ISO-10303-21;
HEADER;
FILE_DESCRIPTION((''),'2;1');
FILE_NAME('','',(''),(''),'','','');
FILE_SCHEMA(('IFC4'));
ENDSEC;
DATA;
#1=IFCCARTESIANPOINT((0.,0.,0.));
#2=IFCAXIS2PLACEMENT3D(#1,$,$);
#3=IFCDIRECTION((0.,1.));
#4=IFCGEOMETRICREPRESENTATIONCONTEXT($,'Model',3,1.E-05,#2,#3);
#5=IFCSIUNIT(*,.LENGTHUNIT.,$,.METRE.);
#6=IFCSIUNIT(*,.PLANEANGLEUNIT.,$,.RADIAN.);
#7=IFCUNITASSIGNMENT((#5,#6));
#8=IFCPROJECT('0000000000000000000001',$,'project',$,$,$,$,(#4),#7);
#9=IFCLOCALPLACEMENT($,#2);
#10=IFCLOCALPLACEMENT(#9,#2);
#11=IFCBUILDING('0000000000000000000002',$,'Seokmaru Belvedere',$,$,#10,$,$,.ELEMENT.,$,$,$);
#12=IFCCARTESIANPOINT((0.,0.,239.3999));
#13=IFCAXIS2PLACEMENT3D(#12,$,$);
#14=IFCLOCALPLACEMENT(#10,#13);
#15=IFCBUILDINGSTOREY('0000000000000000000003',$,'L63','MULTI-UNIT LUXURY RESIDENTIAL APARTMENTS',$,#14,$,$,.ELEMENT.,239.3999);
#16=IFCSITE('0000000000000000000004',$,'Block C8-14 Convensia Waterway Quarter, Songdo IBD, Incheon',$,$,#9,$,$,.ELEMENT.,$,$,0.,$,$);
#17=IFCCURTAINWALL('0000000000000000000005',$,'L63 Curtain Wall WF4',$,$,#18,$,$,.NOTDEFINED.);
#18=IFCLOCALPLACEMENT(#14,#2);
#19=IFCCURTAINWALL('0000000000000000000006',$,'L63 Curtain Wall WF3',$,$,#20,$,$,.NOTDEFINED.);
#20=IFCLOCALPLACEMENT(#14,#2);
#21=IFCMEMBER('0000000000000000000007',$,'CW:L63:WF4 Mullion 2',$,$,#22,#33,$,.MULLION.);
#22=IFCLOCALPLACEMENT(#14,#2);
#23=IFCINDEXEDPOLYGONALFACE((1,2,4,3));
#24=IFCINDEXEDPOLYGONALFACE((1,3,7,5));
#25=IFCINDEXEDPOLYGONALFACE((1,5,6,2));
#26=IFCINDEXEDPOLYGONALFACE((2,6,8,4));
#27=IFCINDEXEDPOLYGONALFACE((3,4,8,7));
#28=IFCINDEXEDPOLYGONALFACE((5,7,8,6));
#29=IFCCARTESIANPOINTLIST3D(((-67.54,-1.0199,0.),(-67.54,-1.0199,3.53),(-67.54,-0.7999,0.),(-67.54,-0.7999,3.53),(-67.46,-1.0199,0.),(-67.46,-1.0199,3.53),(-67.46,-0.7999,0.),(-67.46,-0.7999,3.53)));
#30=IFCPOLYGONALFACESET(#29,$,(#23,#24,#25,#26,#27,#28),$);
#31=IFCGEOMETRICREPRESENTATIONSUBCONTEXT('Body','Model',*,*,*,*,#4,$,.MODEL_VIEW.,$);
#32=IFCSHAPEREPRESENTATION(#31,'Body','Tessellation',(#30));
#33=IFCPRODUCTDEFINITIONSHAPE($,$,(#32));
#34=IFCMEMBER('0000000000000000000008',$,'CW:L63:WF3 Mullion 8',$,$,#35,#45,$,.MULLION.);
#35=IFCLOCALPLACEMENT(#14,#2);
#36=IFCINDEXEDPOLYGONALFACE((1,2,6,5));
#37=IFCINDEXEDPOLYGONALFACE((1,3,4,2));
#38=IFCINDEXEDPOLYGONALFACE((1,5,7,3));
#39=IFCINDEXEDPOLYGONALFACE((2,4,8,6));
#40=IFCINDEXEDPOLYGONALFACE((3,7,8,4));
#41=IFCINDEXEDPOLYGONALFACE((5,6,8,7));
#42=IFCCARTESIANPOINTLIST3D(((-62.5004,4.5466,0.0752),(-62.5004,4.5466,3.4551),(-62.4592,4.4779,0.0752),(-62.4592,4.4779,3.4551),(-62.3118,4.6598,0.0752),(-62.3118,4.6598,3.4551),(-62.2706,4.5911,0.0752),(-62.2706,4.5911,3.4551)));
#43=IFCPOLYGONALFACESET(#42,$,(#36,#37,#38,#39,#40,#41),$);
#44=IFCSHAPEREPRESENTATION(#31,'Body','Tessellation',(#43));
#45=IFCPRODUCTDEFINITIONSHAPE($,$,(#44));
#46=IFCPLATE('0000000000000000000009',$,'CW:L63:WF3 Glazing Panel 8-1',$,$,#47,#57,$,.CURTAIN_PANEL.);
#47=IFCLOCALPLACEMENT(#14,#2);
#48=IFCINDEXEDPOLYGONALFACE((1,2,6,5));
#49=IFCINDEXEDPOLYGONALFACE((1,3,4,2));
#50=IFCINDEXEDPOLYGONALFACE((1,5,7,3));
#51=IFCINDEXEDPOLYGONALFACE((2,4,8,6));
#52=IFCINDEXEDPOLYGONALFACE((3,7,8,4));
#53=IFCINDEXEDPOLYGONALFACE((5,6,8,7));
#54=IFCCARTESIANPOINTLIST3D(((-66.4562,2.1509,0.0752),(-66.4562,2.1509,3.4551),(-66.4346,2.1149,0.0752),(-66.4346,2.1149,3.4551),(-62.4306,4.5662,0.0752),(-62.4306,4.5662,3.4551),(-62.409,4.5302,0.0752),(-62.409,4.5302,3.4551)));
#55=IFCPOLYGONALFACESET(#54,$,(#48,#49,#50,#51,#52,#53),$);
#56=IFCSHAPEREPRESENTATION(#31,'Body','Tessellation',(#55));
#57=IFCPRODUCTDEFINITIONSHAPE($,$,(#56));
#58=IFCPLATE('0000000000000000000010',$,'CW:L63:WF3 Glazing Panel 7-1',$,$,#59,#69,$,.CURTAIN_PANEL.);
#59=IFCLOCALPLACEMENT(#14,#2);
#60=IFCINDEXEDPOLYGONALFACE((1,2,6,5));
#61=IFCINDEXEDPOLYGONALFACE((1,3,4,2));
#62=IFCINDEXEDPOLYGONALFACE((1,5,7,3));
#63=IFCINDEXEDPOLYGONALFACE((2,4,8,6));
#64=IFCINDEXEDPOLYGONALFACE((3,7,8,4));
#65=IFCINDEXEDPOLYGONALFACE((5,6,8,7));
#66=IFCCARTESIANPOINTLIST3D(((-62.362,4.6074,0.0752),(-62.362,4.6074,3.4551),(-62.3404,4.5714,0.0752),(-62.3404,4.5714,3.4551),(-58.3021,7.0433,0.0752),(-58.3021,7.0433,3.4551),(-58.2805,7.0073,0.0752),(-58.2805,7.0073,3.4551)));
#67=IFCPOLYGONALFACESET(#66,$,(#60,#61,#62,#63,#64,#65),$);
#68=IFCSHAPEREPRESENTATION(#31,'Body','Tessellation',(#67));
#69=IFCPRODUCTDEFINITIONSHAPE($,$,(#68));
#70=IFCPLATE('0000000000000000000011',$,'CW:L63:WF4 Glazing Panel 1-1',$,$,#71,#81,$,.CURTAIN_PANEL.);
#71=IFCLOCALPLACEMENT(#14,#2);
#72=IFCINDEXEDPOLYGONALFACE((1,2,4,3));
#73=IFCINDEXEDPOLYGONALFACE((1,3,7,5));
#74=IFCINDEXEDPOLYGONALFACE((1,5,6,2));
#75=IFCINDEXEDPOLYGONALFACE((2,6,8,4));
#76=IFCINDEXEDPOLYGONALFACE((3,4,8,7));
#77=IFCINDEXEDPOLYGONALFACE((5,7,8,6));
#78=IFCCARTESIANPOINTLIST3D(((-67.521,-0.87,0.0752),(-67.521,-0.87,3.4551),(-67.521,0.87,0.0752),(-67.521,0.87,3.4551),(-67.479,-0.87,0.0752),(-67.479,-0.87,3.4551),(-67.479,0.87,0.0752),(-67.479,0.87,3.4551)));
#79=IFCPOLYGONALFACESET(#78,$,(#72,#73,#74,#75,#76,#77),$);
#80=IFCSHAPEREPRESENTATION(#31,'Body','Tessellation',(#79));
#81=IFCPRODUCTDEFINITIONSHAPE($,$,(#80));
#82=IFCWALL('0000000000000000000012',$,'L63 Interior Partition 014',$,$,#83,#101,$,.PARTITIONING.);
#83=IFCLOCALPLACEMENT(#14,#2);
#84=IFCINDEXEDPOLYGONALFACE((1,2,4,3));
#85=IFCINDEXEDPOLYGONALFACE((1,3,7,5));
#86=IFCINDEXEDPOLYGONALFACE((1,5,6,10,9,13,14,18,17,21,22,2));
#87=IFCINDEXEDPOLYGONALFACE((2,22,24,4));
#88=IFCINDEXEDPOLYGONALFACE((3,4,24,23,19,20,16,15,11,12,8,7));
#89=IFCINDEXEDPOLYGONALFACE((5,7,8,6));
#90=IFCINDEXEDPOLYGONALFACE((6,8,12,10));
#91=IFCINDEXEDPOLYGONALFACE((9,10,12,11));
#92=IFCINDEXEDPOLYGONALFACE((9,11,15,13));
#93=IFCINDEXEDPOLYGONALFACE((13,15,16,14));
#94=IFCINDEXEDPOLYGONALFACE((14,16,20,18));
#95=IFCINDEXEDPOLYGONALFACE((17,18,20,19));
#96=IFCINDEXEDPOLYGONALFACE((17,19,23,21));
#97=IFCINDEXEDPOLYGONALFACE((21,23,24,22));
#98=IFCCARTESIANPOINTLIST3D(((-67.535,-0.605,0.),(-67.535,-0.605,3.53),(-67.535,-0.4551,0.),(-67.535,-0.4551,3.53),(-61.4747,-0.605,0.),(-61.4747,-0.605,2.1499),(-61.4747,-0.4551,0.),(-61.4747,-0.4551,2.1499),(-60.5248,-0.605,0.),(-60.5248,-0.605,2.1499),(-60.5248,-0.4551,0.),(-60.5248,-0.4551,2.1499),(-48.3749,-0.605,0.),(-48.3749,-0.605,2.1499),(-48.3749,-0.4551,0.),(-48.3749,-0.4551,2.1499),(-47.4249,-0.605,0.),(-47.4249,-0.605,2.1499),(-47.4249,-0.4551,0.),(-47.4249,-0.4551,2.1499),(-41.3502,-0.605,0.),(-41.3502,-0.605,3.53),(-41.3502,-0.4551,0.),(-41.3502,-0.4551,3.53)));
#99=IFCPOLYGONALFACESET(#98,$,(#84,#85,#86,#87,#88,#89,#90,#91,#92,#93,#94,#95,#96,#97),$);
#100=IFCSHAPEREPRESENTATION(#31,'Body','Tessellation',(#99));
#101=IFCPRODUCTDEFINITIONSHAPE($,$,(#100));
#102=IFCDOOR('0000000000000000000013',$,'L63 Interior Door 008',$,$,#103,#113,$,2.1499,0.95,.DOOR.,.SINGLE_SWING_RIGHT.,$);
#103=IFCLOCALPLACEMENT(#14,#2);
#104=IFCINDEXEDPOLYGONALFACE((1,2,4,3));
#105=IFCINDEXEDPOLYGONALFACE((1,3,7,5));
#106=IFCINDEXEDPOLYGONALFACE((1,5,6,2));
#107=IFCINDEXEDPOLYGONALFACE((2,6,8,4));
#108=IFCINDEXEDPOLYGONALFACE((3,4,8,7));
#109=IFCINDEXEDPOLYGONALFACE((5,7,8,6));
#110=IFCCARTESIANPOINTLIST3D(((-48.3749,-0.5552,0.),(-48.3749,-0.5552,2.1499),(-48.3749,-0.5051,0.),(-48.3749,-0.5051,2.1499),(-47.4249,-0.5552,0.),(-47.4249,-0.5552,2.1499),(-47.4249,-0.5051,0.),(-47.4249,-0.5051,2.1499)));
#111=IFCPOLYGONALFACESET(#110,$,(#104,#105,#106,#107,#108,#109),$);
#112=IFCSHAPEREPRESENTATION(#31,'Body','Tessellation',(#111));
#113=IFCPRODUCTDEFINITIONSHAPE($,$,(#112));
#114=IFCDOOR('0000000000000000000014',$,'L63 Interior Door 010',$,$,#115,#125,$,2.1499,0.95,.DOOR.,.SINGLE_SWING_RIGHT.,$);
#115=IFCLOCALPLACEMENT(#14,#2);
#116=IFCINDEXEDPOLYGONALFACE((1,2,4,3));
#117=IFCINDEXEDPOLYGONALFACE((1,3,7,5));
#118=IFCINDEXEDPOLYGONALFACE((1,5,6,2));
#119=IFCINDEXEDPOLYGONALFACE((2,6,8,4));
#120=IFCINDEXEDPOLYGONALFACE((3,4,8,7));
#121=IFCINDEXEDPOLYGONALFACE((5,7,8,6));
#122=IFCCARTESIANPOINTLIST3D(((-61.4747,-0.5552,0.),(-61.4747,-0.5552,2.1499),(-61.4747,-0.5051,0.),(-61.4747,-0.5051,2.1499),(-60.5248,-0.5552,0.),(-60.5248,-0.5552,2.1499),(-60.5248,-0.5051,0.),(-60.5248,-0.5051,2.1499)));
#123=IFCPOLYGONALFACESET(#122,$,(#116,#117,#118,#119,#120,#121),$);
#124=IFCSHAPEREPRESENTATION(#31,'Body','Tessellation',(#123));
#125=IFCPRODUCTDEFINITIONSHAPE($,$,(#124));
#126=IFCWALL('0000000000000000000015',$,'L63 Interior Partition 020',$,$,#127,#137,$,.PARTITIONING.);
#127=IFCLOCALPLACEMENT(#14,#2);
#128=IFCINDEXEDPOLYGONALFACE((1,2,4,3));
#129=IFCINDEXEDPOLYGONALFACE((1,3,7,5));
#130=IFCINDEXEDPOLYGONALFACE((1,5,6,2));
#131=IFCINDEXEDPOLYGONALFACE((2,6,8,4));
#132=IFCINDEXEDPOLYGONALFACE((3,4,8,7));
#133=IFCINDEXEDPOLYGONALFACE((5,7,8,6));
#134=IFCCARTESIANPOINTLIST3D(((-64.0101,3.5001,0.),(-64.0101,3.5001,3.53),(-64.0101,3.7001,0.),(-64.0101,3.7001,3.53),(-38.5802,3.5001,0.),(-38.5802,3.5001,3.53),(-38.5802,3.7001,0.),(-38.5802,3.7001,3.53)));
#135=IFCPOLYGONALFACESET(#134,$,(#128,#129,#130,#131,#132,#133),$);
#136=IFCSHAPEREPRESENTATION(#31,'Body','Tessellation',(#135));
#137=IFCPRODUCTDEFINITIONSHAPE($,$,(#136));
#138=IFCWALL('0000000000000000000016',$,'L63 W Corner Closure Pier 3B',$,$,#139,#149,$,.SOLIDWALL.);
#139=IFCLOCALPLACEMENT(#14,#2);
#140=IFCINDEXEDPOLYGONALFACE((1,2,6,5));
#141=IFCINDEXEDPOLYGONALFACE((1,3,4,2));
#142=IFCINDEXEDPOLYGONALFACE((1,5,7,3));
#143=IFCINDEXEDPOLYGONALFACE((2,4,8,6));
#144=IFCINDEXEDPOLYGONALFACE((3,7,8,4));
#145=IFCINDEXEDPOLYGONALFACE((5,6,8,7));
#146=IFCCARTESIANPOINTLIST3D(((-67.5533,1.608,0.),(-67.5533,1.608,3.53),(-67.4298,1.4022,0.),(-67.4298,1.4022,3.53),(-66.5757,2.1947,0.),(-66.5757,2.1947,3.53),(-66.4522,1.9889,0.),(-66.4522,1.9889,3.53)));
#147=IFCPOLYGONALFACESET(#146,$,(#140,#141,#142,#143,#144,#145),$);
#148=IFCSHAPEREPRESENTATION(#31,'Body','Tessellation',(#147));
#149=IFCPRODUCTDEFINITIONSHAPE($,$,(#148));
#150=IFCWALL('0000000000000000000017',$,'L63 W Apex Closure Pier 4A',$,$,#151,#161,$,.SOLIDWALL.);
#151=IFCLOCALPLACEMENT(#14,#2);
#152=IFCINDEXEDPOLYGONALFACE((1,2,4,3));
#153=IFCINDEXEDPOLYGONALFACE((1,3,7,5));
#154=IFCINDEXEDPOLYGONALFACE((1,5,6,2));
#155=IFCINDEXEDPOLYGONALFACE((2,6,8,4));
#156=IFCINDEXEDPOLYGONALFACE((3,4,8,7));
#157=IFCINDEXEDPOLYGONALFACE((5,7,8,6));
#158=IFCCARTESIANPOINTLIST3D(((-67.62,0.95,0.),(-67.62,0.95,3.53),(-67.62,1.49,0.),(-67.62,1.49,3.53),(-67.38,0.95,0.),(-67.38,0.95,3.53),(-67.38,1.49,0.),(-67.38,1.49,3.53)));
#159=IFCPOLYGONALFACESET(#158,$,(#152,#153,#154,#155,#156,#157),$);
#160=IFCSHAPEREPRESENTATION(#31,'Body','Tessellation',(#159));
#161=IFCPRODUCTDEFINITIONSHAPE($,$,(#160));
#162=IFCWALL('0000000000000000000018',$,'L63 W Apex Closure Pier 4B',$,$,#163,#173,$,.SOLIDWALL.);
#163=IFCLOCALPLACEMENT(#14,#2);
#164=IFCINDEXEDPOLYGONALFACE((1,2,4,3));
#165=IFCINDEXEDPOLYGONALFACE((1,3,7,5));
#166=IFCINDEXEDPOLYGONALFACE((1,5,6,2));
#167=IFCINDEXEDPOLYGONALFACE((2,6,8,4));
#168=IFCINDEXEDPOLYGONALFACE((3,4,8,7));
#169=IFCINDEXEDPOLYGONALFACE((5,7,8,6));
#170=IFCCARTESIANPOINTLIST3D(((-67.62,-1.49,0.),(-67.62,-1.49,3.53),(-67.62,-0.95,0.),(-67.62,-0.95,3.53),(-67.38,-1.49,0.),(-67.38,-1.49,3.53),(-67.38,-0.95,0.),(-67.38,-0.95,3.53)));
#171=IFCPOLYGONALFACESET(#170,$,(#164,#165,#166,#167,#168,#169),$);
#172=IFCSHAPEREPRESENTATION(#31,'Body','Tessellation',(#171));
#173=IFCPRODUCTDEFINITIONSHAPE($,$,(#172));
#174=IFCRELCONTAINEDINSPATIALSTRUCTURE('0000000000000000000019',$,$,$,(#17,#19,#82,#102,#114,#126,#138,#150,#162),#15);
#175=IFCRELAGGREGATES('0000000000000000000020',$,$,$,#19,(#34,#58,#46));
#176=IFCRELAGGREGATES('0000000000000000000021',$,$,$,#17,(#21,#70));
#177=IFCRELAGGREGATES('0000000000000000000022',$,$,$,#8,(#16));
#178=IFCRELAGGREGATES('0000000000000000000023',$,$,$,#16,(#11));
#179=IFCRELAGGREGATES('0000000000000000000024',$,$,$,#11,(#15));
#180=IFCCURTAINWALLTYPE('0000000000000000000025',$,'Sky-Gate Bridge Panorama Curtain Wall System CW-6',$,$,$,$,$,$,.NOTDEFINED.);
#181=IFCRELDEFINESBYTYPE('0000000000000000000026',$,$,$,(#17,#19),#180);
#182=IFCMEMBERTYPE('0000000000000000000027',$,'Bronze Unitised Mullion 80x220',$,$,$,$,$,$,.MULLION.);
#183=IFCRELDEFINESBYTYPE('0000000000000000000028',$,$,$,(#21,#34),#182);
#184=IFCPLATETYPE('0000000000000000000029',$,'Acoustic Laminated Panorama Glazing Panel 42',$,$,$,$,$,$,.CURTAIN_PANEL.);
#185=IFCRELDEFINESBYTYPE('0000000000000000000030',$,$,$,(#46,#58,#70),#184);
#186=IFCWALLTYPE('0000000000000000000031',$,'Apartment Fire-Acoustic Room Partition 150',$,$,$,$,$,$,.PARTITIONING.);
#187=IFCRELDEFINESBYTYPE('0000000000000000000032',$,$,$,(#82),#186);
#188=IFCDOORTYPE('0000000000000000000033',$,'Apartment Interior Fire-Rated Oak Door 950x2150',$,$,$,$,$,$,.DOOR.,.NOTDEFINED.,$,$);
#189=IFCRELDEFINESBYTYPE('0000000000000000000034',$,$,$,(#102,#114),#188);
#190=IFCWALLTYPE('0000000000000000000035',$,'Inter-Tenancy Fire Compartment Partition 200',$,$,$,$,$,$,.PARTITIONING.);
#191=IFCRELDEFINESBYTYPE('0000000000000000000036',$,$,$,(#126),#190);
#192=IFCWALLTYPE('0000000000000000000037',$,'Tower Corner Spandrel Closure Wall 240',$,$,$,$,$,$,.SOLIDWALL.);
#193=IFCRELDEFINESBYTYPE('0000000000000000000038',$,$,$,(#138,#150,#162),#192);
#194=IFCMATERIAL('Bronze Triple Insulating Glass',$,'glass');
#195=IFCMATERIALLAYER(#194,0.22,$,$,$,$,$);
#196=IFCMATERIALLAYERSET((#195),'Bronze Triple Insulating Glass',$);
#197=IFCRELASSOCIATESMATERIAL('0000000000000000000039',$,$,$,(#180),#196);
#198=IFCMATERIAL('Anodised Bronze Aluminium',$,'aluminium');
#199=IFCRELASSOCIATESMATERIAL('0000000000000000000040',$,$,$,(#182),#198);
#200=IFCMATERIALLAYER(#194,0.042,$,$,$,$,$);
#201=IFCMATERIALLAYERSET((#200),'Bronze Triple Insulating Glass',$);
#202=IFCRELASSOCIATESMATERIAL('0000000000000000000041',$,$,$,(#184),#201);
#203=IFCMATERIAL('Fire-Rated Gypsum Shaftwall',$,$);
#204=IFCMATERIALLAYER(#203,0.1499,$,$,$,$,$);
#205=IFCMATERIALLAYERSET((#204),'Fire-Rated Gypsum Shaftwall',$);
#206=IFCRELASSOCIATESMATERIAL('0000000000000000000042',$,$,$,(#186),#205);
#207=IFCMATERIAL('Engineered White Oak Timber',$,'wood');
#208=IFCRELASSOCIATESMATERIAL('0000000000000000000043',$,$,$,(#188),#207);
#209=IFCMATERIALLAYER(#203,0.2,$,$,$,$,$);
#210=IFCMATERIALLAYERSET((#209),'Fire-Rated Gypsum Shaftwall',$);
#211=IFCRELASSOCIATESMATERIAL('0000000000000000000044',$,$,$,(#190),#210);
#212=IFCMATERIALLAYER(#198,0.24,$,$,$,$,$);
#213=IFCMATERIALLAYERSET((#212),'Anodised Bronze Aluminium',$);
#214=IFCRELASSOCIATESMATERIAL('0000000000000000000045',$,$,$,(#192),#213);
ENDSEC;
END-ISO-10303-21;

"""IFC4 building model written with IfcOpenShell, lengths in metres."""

from ifc_helpers import new_model, si_unit, direction, frame, frame_2d, origin, origin_2d, place, context, subcontext, project, spatial, rectangle, extrude, source, transform, mapped, material, layer, layer_set, material_profile, profile_set, type_object, type_shapes, element, fill, aggregate, save


model = new_model("IFC4")

# Units and contexts
model_context = context("Model", 3, precision=1e-05, world=origin(), true_north=direction((0.0, 1.0)))
body_context = subcontext(model_context, "Body", "Model", "MODEL_VIEW")
ifc_project = project(units=[si_unit("LENGTHUNIT", "METRE"), si_unit("PLANEANGLEUNIT", "RADIAN")], contexts=[model_context])

# Site, building, storey
site_placement = place(None, origin())
site = spatial("IfcSite", under=ifc_project, at=site_placement, Name="Block C8-14 Convensia Waterway Quarter, Songdo IBD, Incheon", CompositionType="ELEMENT", RefElevation=0.0)
building_placement = place(site_placement, origin())
building = spatial("IfcBuilding", under=site, at=building_placement, Name="Seokmaru Belvedere", CompositionType="ELEMENT")
storey_placement = place(building_placement, frame((0.0, 0.0, 239.3999)))
storey = spatial("IfcBuildingStorey", under=building, at=storey_placement, Name="L63", Description="MULTI-UNIT LUXURY RESIDENTIAL APARTMENTS", CompositionType="ELEMENT", Elevation=239.3999)

# Curtain wall
ifc_material_1 = material(Name="Bronze Triple Insulating Glass", Category="glass")
ifc_layer_1 = layer(ifc_material_1, 0.22)
ifc_layer_set_1 = layer_set([ifc_layer_1], Name="Bronze Triple Insulating Glass")
curtain_wall_type = type_object("IfcCurtainWallType", Name="Sky-Gate Bridge Panorama Curtain Wall System CW-6", PredefinedType="NOTDEFINED", material=ifc_layer_set_1)
curtain_wall_1_placement = place(storey_placement, origin())
curtain_wall_1 = element("IfcCurtainWall", 1, at=curtain_wall_1_placement, inside=storey, type_object=curtain_wall_type, Name="L63 Curtain Wall WF4", PredefinedType="NOTDEFINED")
ifc_material_2 = material(Name="Anodised Bronze Aluminium", Category="aluminium")

# Curtain wall
curtain_wall_2_placement = place(storey_placement, origin())
curtain_wall_2 = element("IfcCurtainWall", 2, at=curtain_wall_2_placement, inside=storey, type_object=curtain_wall_type, Name="L63 Curtain Wall WF3", PredefinedType="NOTDEFINED")
ifc_material_profile_1 = material_profile(ifc_material_2, rectangle(XDim=0.0801, YDim=0.22, at=origin_2d()), Name="CW-M-80x220")
ifc_profile_set_1 = profile_set([ifc_material_profile_1], Name="Anodised Bronze Aluminium")
member_type_1 = type_object("IfcMemberType", Name="Bronze Unitised Mullion 80x220", PredefinedType="MULLION", material=ifc_profile_set_1)
shared_shape_1 = source(origin(), body_context, "Body", "SweptSolid", [
    extrude(rectangle(XDim=0.0801, YDim=0.22, at=origin_2d()), origin(), (0.0, 0.0, 1.0), 3.53),
])

# Members
member_1_placement = place(storey_placement, frame((-67.5, -0.9099, 0.0), z_axis=(0.0, 0.0, 1.0), x_axis=(1.0, 0.0, 0.0)))
member_1 = element("IfcMember", 3, at=member_1_placement, type_object=member_type_1, Name="CW:L63:WF4 Mullion 2", PredefinedType="MULLION", context=body_context, shape_type="MappedRepresentation", body=[
    mapped(shared_shape_1, transform((0.0, 0.0, 0.0), scale=1.0)),
])
shared_shape_2 = source(origin(), body_context, "Body", "SweptSolid", [
    extrude(rectangle(XDim=0.0801, YDim=0.22, at=origin_2d()), origin(), (0.0, 0.0, 1.0), 3.3799),
])
type_shapes(member_type_1, [shared_shape_1, shared_shape_2])
member_2_placement = place(storey_placement, frame((-62.3855, 4.5688, 0.0752), z_axis=(0.0, 0.0, 1.0), x_axis=(0.514495, -0.857493, 0.0)))
member_2 = element("IfcMember", 4, at=member_2_placement, type_object=member_type_1, Name="CW:L63:WF3 Mullion 8", PredefinedType="MULLION", context=body_context, shape_type="MappedRepresentation", body=[
    mapped(shared_shape_2, transform((0.0, 0.0, 0.0), scale=1.0)),
])

# Plates
ifc_layer_2 = layer(ifc_material_1, 0.042)
ifc_layer_set_2 = layer_set([ifc_layer_2], Name="Bronze Triple Insulating Glass")
plate_type = type_object("IfcPlateType", Name="Acoustic Laminated Panorama Glazing Panel 42", PredefinedType="CURTAIN_PANEL", material=ifc_layer_set_2)
shared_shape_3 = source(origin(), body_context, "Body", "SweptSolid", [
    extrude(rectangle(XDim=4.6946, YDim=0.042, at=origin_2d()), origin(), (0.0, 0.0, 1.0), 3.3799),
])
plate_1_placement = place(storey_placement, frame((-64.4326, 3.3406, 0.0752), z_axis=(0.0, 0.0, 1.0), x_axis=(-0.857493, -0.514495, 0.0)))
plate_1 = element("IfcPlate", 5, at=plate_1_placement, type_object=plate_type, Name="CW:L63:WF3 Glazing Panel 8-1", PredefinedType="CURTAIN_PANEL", context=body_context, shape_type="MappedRepresentation", body=[
    mapped(shared_shape_3, transform((0.0, 0.0, 0.0), scale=1.0)),
])
shared_shape_4 = source(origin(), body_context, "Body", "SweptSolid", [
    extrude(rectangle(XDim=4.7346, YDim=0.042, at=origin_2d()), origin(), (0.0, 0.0, 1.0), 3.3799),
])
plate_2_placement = place(storey_placement, frame((-60.3213, 5.8074, 0.0752), z_axis=(0.0, 0.0, 1.0), x_axis=(-0.857493, -0.514495, 0.0)))
plate_2 = element("IfcPlate", 6, at=plate_2_placement, type_object=plate_type, Name="CW:L63:WF3 Glazing Panel 7-1", PredefinedType="CURTAIN_PANEL", context=body_context, shape_type="MappedRepresentation", body=[
    mapped(shared_shape_4, transform((0.0, 0.0, 0.0), scale=1.0)),
])
aggregate(curtain_wall_2, [member_2, plate_2, plate_1])
shared_shape_5 = source(origin(), body_context, "Body", "SweptSolid", [
    extrude(rectangle(XDim=1.74, YDim=0.042, at=origin_2d()), origin(), (0.0, 0.0, 1.0), 3.3799),
])
type_shapes(plate_type, [shared_shape_3, shared_shape_4, shared_shape_5])
plate_3_placement = place(storey_placement, frame((-67.5, 0.0, 0.0752), z_axis=(0.0, 0.0, 1.0), x_axis=(0.0, -1.0, 0.0)))
plate_3 = element("IfcPlate", 7, at=plate_3_placement, type_object=plate_type, Name="CW:L63:WF4 Glazing Panel 1-1", PredefinedType="CURTAIN_PANEL", context=body_context, shape_type="MappedRepresentation", body=[
    mapped(shared_shape_5, transform((0.0, 0.0, 0.0), scale=1.0)),
])
aggregate(curtain_wall_1, [member_1, plate_3])

# Wall, openings, doors
ifc_material_3 = material(Name="Fire-Rated Gypsum Shaftwall")
ifc_layer_3 = layer(ifc_material_3, 0.1499)
ifc_layer_set_3 = layer_set([ifc_layer_3], Name="Fire-Rated Gypsum Shaftwall")
wall_type_1 = type_object("IfcWallType", Name="Apartment Fire-Acoustic Room Partition 150", PredefinedType="PARTITIONING", material=ifc_layer_set_3)
wall_1_placement = place(storey_placement, frame((-67.5349, -0.53, 0.0), z_axis=(0.0, 0.0, 1.0), x_axis=(1.0, 0.0, 0.0)))
wall_1 = element("IfcWall", 8, at=wall_1_placement, inside=storey, type_object=wall_type_1, Name="L63 Interior Partition 014", PredefinedType="PARTITIONING", context=body_context, shape_type="SweptSolid", body=[
    extrude(rectangle(XDim=26.1848, YDim=0.1499, at=frame_2d((13.0923, 0.0))), origin(), (0.0, 0.0, 1.0), 3.53),
])
opening_1_placement = place(wall_1_placement, frame((19.1599, 0.0, 0.0)))
opening_1 = element("IfcOpeningElement", 9, at=opening_1_placement, cuts=wall_1, PredefinedType="OPENING", context=body_context, shape_type="SweptSolid", body=[
    extrude(rectangle(XDim=0.95, YDim=2.1499, at=frame_2d((0.4751, 1.075))), frame((0.0, 0.085, 0.0), z_axis=(0.0, -1.0, 0.0), x_axis=(1.0, 0.0, 0.0)), (0.0, 0.0, 1.0), 0.1699),
])
opening_2_placement = place(wall_1_placement, frame((6.0601, 0.0, 0.0)))
opening_2 = element("IfcOpeningElement", 10, at=opening_2_placement, cuts=wall_1, PredefinedType="OPENING", context=body_context, shape_type="SweptSolid", body=[
    extrude(rectangle(XDim=0.95, YDim=2.1499, at=frame_2d((0.4751, 1.075))), frame((0.0, 0.085, 0.0), z_axis=(0.0, -1.0, 0.0), x_axis=(1.0, 0.0, 0.0)), (0.0, 0.0, 1.0), 0.1699),
])
ifc_material_4 = material(Name="Engineered White Oak Timber", Category="wood")
door_type = type_object("IfcDoorType", Name="Apartment Interior Fire-Rated Oak Door 950x2150", OperationType="NOTDEFINED", PredefinedType="DOOR", material=ifc_material_4)
shared_shape_6 = source(origin(), body_context, "Body", "SweptSolid", [
    extrude(rectangle(XDim=0.95, YDim=2.1499, at=frame_2d((0.4751, 1.075))), frame((0.0, 0.0249, 0.0), z_axis=(0.0, -1.0, 0.0), x_axis=(1.0, 0.0, 0.0)), (0.0, 0.0, 1.0), 0.05),
])
type_shapes(door_type, [shared_shape_6])
door_1_placement = place(opening_1_placement, origin())
door_1 = element("IfcDoor", 11, at=door_1_placement, inside=storey, type_object=door_type, Name="L63 Interior Door 008", OperationType="SINGLE_SWING_RIGHT", OverallHeight=2.1499, OverallWidth=0.95, PredefinedType="DOOR", context=body_context, shape_type="MappedRepresentation", body=[
    mapped(shared_shape_6, transform((0.0, 0.0, 0.0), scale=1.0)),
])
fill(opening_1, door_1)
door_2_placement = place(opening_2_placement, origin())
door_2 = element("IfcDoor", 12, at=door_2_placement, inside=storey, type_object=door_type, Name="L63 Interior Door 010", OperationType="SINGLE_SWING_RIGHT", OverallHeight=2.1499, OverallWidth=0.95, PredefinedType="DOOR", context=body_context, shape_type="MappedRepresentation", body=[
    mapped(shared_shape_6, transform((0.0, 0.0, 0.0), scale=1.0)),
])
fill(opening_2, door_2)

# Walls
ifc_layer_4 = layer(ifc_material_3, 0.2)
ifc_layer_set_4 = layer_set([ifc_layer_4], Name="Fire-Rated Gypsum Shaftwall")
wall_type_2 = type_object("IfcWallType", Name="Inter-Tenancy Fire Compartment Partition 200", PredefinedType="PARTITIONING", material=ifc_layer_set_4)
wall_2_placement = place(storey_placement, frame((-64.01, 3.6001, 0.0), z_axis=(0.0, 0.0, 1.0), x_axis=(1.0, 0.0, 0.0)))
element("IfcWall", 13, at=wall_2_placement, inside=storey, type_object=wall_type_2, Name="L63 Interior Partition 020", PredefinedType="PARTITIONING", context=body_context, shape_type="SweptSolid", body=[
    extrude(rectangle(XDim=25.4299, YDim=0.2, at=frame_2d((12.7148, 0.0))), origin(), (0.0, 0.0, 1.0), 3.53),
])
ifc_layer_5 = layer(ifc_material_2, 0.24)
ifc_layer_set_5 = layer_set([ifc_layer_5], Name="Anodised Bronze Aluminium")
wall_type_3 = type_object("IfcWallType", Name="Tower Corner Spandrel Closure Wall 240", PredefinedType="SOLIDWALL", material=ifc_layer_set_5)
wall_3_placement = place(storey_placement, frame((-66.5139, 2.0918, 0.0), z_axis=(0.0, 0.0, 1.0), x_axis=(-0.857436, -0.51459, 0.0)))
element("IfcWall", 14, at=wall_3_placement, inside=storey, type_object=wall_type_3, Name="L63 W Corner Closure Pier 3B", PredefinedType="SOLIDWALL", context=body_context, shape_type="SweptSolid", body=[
    extrude(rectangle(XDim=1.1401, YDim=0.24, at=frame_2d((0.5701, 0.0))), origin(), (0.0, 0.0, 1.0), 3.53),
])
for number, where, z_axis, x_axis, name in (
    (15, (-67.5, 1.49, 0.0), (0.0, 0.0, 1.0), (0.0, -1.0, 0.0), "L63 W Apex Closure Pier 4A"),
    (16, (-67.5, -0.95, 0.0), (0.0, 0.0, 1.0), (0.0, -1.0, 0.0), "L63 W Apex Closure Pier 4B"),
):
    element("IfcWall", number, at=place(storey_placement, frame(where, z_axis=z_axis, x_axis=x_axis)), inside=storey, type_object=wall_type_3, Name=name, PredefinedType="SOLIDWALL", context=body_context, shape_type="SweptSolid", body=[
        extrude(rectangle(XDim=0.54, YDim=0.24, at=frame_2d((0.27, 0.0))), origin(), (0.0, 0.0, 1.0), 3.53),
    ])

save(model, "model.ifc")
